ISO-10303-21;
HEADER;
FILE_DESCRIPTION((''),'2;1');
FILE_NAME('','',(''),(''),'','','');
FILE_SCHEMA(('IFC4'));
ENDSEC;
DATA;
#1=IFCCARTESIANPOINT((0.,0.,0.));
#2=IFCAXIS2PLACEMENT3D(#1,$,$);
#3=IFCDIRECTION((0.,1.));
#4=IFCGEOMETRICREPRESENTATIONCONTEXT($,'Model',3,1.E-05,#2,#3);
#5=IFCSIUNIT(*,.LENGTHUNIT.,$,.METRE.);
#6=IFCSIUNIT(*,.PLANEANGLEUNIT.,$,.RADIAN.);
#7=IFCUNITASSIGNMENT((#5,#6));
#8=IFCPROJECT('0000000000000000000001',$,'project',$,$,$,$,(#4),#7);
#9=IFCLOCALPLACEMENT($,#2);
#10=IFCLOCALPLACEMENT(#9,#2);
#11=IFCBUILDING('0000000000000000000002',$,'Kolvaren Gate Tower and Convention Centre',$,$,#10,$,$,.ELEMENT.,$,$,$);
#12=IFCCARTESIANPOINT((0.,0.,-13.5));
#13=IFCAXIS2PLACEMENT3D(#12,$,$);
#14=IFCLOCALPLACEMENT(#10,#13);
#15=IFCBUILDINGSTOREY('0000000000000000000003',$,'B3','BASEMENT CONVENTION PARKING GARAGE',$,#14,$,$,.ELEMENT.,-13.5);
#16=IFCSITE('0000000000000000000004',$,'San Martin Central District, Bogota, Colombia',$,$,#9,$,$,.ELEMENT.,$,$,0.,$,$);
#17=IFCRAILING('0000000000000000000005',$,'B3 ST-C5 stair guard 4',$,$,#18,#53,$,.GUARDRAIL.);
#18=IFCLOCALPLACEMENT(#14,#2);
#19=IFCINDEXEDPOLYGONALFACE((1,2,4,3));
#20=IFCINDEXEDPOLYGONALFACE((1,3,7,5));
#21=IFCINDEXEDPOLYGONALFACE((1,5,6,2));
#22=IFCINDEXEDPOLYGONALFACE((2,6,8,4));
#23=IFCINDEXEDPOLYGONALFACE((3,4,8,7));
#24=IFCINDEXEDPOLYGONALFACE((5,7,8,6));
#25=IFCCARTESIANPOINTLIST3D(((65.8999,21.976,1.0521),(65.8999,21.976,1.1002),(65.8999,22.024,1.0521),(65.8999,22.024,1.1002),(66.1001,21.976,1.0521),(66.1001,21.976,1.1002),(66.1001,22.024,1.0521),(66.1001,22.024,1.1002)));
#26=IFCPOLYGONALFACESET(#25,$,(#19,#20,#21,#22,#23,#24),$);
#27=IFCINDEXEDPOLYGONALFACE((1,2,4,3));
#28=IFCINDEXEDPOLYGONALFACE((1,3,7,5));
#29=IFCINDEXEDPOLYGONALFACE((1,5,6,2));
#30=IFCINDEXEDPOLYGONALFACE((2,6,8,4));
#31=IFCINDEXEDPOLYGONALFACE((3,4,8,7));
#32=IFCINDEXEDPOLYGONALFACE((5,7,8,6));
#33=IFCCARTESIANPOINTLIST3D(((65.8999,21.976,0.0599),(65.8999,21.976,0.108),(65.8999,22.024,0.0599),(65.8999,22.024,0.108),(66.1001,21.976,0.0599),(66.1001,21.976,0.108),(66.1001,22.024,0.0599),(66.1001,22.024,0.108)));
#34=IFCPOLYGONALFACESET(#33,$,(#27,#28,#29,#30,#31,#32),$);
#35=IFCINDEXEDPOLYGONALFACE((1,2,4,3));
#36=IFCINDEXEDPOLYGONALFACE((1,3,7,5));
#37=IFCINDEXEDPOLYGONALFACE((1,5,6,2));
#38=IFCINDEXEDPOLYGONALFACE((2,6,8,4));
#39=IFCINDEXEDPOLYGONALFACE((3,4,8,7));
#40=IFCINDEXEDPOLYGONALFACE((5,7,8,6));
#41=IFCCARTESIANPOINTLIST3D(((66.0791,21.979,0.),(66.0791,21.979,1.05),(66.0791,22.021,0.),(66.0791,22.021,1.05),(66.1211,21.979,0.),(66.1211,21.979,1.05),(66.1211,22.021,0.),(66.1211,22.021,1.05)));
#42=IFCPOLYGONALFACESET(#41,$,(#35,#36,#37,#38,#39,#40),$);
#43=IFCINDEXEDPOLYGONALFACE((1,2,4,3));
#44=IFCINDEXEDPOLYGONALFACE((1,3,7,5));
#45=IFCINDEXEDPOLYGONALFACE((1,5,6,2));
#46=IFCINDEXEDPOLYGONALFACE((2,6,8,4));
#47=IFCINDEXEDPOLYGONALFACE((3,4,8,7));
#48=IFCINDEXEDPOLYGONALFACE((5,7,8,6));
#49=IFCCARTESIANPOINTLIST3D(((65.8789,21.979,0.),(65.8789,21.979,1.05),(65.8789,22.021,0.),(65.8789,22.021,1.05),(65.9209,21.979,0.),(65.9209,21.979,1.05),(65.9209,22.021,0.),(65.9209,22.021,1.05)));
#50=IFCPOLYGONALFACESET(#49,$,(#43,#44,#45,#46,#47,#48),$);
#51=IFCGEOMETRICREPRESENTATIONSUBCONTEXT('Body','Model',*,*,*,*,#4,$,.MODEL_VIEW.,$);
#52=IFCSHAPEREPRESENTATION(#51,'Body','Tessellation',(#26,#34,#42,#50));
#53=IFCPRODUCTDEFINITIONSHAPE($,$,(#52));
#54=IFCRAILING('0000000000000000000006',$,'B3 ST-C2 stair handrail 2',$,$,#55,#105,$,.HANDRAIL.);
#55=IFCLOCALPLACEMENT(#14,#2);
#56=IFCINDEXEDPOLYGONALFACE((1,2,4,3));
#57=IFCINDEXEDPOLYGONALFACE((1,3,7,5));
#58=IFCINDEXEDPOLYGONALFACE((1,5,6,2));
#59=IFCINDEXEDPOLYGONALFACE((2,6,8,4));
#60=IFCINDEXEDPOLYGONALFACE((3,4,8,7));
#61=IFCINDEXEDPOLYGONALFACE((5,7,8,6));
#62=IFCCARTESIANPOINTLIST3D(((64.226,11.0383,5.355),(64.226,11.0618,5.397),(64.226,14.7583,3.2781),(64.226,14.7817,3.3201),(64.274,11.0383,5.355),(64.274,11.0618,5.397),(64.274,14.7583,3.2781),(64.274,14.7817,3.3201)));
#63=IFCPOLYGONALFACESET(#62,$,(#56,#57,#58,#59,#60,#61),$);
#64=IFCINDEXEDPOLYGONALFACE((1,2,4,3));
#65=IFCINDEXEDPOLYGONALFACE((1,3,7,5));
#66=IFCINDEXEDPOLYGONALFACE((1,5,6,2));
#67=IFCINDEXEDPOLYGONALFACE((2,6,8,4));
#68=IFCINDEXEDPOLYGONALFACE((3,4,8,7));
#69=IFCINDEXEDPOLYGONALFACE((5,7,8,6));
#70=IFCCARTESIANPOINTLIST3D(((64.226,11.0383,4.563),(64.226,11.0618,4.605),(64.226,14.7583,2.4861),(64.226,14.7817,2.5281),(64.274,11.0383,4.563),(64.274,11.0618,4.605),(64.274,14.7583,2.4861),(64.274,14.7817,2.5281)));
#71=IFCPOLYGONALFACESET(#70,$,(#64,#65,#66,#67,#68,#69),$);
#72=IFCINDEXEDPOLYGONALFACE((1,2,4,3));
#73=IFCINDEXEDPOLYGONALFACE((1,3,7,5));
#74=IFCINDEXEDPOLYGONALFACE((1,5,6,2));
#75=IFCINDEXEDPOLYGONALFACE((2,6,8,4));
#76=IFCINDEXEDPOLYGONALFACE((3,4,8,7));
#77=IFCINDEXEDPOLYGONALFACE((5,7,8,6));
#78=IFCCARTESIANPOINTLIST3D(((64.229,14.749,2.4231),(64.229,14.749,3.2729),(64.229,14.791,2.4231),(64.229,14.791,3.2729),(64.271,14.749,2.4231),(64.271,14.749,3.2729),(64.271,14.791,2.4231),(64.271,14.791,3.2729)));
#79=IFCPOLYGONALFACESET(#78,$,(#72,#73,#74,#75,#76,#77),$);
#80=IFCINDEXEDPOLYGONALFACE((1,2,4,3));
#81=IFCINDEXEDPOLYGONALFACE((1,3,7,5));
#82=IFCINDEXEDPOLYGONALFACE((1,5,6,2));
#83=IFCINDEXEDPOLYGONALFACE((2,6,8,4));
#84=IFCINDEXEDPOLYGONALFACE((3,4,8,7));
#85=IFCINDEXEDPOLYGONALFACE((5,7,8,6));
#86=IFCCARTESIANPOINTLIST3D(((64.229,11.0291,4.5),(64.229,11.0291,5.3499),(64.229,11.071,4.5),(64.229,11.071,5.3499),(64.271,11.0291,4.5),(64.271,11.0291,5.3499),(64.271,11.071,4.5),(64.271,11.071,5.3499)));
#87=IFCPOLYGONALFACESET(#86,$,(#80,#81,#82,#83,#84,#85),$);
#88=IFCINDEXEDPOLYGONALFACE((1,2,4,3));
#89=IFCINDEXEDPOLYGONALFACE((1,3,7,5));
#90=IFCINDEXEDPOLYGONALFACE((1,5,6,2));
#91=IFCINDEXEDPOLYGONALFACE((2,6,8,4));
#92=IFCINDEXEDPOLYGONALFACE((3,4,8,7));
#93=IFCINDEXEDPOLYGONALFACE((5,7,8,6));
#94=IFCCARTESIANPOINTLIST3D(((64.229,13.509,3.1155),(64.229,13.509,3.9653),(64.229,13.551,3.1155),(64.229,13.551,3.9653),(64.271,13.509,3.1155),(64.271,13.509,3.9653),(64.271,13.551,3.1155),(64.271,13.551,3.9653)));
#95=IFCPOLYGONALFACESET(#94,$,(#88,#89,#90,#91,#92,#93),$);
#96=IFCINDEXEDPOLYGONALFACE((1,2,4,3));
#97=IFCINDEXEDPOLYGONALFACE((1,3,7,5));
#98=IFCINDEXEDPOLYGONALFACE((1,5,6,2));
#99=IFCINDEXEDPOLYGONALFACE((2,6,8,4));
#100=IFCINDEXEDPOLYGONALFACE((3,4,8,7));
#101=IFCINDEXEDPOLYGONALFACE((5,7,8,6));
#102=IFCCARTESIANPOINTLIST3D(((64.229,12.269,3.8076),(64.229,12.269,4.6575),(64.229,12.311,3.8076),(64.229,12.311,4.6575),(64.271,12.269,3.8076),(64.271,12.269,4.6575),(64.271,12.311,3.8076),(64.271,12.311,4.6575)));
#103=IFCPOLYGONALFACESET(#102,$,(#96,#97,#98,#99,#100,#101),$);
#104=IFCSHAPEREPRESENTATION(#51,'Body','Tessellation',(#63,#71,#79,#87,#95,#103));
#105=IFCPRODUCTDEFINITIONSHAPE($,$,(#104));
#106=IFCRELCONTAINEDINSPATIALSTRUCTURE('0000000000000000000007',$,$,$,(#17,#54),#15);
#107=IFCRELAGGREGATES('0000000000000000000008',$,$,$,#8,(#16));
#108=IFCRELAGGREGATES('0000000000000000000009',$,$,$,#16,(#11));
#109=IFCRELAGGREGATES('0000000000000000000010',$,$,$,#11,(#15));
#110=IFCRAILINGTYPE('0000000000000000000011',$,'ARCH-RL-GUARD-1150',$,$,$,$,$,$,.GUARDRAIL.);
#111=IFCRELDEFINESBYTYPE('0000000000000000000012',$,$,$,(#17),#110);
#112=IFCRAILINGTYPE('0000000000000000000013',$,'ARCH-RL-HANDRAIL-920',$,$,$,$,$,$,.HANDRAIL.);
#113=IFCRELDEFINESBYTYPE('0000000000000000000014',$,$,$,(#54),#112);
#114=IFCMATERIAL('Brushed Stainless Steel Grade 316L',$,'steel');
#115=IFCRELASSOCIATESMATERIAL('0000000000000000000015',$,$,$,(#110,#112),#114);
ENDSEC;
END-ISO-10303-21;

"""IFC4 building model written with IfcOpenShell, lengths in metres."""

from ifc_helpers import new_model, si_unit, direction, frame, origin, origin_2d, place, context, subcontext, project, spatial, rectangle, extrude, material, type_object, element, save


model = new_model("IFC4")

# Units and contexts
model_context = context("Model", 3, precision=1e-05, world=origin(), true_north=direction((0.0, 1.0)))
body_context = subcontext(model_context, "Body", "Model", "MODEL_VIEW")
ifc_project = project(units=[si_unit("LENGTHUNIT", "METRE"), si_unit("PLANEANGLEUNIT", "RADIAN")], contexts=[model_context])

# Site, building, storey
site_placement = place(None, origin())
site = spatial("IfcSite", under=ifc_project, at=site_placement, Name="San Martin Central District, Bogota, Colombia", CompositionType="ELEMENT", RefElevation=0.0)
building_placement = place(site_placement, origin())
building = spatial("IfcBuilding", under=site, at=building_placement, Name="Kolvaren Gate Tower and Convention Centre", CompositionType="ELEMENT")
storey_placement = place(building_placement, frame((0.0, 0.0, -13.5)))
storey = spatial("IfcBuildingStorey", under=building, at=storey_placement, Name="B3", Description="BASEMENT CONVENTION PARKING GARAGE", CompositionType="ELEMENT", Elevation=-13.5)

# Railings
ifc_material_1 = material(Name="Brushed Stainless Steel Grade 316L", Category="steel")
railing_type_1 = type_object("IfcRailingType", Name="ARCH-RL-GUARD-1150", PredefinedType="GUARDRAIL", material=ifc_material_1)
railing_1_placement = place(storey_placement, frame((66.1001, 22.0, 0.0)))
element("IfcRailing", 1, at=railing_1_placement, inside=storey, type_object=railing_type_1, Name="B3 ST-C5 stair guard 4", PredefinedType="GUARDRAIL", context=body_context, shape_type="SweptSolid", body=[
    extrude(rectangle(XDim=0.0481, YDim=0.0481, at=origin_2d()), frame((0.0, 0.0, 1.0762), z_axis=(-1.0, 0.0, 0.0), x_axis=(0.0, -1.0, 0.0)), (0.0, 0.0, 1.0), 0.2002),
    extrude(rectangle(XDim=0.0481, YDim=0.0481, at=origin_2d()), frame((0.0, 0.0, 0.084), z_axis=(-1.0, 0.0, 0.0), x_axis=(0.0, -1.0, 0.0)), (0.0, 0.0, 1.0), 0.2002),
    extrude(rectangle(XDim=0.042, YDim=0.042, at=origin_2d()), origin(), (0.0, 0.0, 1.0), 1.05),
    extrude(rectangle(XDim=0.042, YDim=0.042, at=origin_2d()), frame((-0.2002, 0.0, 0.0)), (0.0, 0.0, 1.0), 1.05),
])
railing_type_2 = type_object("IfcRailingType", Name="ARCH-RL-HANDRAIL-920", PredefinedType="HANDRAIL", material=ifc_material_1)
railing_2_placement = place(storey_placement, frame((64.25, 14.77, 2.4231)))
element("IfcRailing", 2, at=railing_2_placement, inside=storey, type_object=railing_type_2, Name="B3 ST-C2 stair handrail 2", PredefinedType="HANDRAIL", context=body_context, shape_type="SweptSolid", body=[
    extrude(rectangle(XDim=0.0481, YDim=0.0481, at=origin_2d()), frame((0.0, 0.0, 0.876), z_axis=(0.0, -0.873134, 0.487481), x_axis=(1.0, 0.0, 0.0)), (0.0, 0.0, 1.0), 4.2605),
    extrude(rectangle(XDim=0.0481, YDim=0.0481, at=origin_2d()), frame((0.0, 0.0, 0.084), z_axis=(0.0, -0.873134, 0.487481), x_axis=(1.0, 0.0, 0.0)), (0.0, 0.0, 1.0), 4.2605),
    extrude(rectangle(XDim=0.042, YDim=0.042, at=origin_2d()), origin(), (0.0, 0.0, 1.0), 0.8499),
    extrude(rectangle(XDim=0.042, YDim=0.042, at=origin_2d()), frame((0.0, -3.72, 2.0769)), (0.0, 0.0, 1.0), 0.8499),
    extrude(rectangle(XDim=0.042, YDim=0.042, at=origin_2d()), frame((0.0, -1.24, 0.6924)), (0.0, 0.0, 1.0), 0.8499),
    extrude(rectangle(XDim=0.042, YDim=0.042, at=origin_2d()), frame((0.0, -2.48, 1.3845)), (0.0, 0.0, 1.0), 0.8499),
])

save(model, "model.ifc")
